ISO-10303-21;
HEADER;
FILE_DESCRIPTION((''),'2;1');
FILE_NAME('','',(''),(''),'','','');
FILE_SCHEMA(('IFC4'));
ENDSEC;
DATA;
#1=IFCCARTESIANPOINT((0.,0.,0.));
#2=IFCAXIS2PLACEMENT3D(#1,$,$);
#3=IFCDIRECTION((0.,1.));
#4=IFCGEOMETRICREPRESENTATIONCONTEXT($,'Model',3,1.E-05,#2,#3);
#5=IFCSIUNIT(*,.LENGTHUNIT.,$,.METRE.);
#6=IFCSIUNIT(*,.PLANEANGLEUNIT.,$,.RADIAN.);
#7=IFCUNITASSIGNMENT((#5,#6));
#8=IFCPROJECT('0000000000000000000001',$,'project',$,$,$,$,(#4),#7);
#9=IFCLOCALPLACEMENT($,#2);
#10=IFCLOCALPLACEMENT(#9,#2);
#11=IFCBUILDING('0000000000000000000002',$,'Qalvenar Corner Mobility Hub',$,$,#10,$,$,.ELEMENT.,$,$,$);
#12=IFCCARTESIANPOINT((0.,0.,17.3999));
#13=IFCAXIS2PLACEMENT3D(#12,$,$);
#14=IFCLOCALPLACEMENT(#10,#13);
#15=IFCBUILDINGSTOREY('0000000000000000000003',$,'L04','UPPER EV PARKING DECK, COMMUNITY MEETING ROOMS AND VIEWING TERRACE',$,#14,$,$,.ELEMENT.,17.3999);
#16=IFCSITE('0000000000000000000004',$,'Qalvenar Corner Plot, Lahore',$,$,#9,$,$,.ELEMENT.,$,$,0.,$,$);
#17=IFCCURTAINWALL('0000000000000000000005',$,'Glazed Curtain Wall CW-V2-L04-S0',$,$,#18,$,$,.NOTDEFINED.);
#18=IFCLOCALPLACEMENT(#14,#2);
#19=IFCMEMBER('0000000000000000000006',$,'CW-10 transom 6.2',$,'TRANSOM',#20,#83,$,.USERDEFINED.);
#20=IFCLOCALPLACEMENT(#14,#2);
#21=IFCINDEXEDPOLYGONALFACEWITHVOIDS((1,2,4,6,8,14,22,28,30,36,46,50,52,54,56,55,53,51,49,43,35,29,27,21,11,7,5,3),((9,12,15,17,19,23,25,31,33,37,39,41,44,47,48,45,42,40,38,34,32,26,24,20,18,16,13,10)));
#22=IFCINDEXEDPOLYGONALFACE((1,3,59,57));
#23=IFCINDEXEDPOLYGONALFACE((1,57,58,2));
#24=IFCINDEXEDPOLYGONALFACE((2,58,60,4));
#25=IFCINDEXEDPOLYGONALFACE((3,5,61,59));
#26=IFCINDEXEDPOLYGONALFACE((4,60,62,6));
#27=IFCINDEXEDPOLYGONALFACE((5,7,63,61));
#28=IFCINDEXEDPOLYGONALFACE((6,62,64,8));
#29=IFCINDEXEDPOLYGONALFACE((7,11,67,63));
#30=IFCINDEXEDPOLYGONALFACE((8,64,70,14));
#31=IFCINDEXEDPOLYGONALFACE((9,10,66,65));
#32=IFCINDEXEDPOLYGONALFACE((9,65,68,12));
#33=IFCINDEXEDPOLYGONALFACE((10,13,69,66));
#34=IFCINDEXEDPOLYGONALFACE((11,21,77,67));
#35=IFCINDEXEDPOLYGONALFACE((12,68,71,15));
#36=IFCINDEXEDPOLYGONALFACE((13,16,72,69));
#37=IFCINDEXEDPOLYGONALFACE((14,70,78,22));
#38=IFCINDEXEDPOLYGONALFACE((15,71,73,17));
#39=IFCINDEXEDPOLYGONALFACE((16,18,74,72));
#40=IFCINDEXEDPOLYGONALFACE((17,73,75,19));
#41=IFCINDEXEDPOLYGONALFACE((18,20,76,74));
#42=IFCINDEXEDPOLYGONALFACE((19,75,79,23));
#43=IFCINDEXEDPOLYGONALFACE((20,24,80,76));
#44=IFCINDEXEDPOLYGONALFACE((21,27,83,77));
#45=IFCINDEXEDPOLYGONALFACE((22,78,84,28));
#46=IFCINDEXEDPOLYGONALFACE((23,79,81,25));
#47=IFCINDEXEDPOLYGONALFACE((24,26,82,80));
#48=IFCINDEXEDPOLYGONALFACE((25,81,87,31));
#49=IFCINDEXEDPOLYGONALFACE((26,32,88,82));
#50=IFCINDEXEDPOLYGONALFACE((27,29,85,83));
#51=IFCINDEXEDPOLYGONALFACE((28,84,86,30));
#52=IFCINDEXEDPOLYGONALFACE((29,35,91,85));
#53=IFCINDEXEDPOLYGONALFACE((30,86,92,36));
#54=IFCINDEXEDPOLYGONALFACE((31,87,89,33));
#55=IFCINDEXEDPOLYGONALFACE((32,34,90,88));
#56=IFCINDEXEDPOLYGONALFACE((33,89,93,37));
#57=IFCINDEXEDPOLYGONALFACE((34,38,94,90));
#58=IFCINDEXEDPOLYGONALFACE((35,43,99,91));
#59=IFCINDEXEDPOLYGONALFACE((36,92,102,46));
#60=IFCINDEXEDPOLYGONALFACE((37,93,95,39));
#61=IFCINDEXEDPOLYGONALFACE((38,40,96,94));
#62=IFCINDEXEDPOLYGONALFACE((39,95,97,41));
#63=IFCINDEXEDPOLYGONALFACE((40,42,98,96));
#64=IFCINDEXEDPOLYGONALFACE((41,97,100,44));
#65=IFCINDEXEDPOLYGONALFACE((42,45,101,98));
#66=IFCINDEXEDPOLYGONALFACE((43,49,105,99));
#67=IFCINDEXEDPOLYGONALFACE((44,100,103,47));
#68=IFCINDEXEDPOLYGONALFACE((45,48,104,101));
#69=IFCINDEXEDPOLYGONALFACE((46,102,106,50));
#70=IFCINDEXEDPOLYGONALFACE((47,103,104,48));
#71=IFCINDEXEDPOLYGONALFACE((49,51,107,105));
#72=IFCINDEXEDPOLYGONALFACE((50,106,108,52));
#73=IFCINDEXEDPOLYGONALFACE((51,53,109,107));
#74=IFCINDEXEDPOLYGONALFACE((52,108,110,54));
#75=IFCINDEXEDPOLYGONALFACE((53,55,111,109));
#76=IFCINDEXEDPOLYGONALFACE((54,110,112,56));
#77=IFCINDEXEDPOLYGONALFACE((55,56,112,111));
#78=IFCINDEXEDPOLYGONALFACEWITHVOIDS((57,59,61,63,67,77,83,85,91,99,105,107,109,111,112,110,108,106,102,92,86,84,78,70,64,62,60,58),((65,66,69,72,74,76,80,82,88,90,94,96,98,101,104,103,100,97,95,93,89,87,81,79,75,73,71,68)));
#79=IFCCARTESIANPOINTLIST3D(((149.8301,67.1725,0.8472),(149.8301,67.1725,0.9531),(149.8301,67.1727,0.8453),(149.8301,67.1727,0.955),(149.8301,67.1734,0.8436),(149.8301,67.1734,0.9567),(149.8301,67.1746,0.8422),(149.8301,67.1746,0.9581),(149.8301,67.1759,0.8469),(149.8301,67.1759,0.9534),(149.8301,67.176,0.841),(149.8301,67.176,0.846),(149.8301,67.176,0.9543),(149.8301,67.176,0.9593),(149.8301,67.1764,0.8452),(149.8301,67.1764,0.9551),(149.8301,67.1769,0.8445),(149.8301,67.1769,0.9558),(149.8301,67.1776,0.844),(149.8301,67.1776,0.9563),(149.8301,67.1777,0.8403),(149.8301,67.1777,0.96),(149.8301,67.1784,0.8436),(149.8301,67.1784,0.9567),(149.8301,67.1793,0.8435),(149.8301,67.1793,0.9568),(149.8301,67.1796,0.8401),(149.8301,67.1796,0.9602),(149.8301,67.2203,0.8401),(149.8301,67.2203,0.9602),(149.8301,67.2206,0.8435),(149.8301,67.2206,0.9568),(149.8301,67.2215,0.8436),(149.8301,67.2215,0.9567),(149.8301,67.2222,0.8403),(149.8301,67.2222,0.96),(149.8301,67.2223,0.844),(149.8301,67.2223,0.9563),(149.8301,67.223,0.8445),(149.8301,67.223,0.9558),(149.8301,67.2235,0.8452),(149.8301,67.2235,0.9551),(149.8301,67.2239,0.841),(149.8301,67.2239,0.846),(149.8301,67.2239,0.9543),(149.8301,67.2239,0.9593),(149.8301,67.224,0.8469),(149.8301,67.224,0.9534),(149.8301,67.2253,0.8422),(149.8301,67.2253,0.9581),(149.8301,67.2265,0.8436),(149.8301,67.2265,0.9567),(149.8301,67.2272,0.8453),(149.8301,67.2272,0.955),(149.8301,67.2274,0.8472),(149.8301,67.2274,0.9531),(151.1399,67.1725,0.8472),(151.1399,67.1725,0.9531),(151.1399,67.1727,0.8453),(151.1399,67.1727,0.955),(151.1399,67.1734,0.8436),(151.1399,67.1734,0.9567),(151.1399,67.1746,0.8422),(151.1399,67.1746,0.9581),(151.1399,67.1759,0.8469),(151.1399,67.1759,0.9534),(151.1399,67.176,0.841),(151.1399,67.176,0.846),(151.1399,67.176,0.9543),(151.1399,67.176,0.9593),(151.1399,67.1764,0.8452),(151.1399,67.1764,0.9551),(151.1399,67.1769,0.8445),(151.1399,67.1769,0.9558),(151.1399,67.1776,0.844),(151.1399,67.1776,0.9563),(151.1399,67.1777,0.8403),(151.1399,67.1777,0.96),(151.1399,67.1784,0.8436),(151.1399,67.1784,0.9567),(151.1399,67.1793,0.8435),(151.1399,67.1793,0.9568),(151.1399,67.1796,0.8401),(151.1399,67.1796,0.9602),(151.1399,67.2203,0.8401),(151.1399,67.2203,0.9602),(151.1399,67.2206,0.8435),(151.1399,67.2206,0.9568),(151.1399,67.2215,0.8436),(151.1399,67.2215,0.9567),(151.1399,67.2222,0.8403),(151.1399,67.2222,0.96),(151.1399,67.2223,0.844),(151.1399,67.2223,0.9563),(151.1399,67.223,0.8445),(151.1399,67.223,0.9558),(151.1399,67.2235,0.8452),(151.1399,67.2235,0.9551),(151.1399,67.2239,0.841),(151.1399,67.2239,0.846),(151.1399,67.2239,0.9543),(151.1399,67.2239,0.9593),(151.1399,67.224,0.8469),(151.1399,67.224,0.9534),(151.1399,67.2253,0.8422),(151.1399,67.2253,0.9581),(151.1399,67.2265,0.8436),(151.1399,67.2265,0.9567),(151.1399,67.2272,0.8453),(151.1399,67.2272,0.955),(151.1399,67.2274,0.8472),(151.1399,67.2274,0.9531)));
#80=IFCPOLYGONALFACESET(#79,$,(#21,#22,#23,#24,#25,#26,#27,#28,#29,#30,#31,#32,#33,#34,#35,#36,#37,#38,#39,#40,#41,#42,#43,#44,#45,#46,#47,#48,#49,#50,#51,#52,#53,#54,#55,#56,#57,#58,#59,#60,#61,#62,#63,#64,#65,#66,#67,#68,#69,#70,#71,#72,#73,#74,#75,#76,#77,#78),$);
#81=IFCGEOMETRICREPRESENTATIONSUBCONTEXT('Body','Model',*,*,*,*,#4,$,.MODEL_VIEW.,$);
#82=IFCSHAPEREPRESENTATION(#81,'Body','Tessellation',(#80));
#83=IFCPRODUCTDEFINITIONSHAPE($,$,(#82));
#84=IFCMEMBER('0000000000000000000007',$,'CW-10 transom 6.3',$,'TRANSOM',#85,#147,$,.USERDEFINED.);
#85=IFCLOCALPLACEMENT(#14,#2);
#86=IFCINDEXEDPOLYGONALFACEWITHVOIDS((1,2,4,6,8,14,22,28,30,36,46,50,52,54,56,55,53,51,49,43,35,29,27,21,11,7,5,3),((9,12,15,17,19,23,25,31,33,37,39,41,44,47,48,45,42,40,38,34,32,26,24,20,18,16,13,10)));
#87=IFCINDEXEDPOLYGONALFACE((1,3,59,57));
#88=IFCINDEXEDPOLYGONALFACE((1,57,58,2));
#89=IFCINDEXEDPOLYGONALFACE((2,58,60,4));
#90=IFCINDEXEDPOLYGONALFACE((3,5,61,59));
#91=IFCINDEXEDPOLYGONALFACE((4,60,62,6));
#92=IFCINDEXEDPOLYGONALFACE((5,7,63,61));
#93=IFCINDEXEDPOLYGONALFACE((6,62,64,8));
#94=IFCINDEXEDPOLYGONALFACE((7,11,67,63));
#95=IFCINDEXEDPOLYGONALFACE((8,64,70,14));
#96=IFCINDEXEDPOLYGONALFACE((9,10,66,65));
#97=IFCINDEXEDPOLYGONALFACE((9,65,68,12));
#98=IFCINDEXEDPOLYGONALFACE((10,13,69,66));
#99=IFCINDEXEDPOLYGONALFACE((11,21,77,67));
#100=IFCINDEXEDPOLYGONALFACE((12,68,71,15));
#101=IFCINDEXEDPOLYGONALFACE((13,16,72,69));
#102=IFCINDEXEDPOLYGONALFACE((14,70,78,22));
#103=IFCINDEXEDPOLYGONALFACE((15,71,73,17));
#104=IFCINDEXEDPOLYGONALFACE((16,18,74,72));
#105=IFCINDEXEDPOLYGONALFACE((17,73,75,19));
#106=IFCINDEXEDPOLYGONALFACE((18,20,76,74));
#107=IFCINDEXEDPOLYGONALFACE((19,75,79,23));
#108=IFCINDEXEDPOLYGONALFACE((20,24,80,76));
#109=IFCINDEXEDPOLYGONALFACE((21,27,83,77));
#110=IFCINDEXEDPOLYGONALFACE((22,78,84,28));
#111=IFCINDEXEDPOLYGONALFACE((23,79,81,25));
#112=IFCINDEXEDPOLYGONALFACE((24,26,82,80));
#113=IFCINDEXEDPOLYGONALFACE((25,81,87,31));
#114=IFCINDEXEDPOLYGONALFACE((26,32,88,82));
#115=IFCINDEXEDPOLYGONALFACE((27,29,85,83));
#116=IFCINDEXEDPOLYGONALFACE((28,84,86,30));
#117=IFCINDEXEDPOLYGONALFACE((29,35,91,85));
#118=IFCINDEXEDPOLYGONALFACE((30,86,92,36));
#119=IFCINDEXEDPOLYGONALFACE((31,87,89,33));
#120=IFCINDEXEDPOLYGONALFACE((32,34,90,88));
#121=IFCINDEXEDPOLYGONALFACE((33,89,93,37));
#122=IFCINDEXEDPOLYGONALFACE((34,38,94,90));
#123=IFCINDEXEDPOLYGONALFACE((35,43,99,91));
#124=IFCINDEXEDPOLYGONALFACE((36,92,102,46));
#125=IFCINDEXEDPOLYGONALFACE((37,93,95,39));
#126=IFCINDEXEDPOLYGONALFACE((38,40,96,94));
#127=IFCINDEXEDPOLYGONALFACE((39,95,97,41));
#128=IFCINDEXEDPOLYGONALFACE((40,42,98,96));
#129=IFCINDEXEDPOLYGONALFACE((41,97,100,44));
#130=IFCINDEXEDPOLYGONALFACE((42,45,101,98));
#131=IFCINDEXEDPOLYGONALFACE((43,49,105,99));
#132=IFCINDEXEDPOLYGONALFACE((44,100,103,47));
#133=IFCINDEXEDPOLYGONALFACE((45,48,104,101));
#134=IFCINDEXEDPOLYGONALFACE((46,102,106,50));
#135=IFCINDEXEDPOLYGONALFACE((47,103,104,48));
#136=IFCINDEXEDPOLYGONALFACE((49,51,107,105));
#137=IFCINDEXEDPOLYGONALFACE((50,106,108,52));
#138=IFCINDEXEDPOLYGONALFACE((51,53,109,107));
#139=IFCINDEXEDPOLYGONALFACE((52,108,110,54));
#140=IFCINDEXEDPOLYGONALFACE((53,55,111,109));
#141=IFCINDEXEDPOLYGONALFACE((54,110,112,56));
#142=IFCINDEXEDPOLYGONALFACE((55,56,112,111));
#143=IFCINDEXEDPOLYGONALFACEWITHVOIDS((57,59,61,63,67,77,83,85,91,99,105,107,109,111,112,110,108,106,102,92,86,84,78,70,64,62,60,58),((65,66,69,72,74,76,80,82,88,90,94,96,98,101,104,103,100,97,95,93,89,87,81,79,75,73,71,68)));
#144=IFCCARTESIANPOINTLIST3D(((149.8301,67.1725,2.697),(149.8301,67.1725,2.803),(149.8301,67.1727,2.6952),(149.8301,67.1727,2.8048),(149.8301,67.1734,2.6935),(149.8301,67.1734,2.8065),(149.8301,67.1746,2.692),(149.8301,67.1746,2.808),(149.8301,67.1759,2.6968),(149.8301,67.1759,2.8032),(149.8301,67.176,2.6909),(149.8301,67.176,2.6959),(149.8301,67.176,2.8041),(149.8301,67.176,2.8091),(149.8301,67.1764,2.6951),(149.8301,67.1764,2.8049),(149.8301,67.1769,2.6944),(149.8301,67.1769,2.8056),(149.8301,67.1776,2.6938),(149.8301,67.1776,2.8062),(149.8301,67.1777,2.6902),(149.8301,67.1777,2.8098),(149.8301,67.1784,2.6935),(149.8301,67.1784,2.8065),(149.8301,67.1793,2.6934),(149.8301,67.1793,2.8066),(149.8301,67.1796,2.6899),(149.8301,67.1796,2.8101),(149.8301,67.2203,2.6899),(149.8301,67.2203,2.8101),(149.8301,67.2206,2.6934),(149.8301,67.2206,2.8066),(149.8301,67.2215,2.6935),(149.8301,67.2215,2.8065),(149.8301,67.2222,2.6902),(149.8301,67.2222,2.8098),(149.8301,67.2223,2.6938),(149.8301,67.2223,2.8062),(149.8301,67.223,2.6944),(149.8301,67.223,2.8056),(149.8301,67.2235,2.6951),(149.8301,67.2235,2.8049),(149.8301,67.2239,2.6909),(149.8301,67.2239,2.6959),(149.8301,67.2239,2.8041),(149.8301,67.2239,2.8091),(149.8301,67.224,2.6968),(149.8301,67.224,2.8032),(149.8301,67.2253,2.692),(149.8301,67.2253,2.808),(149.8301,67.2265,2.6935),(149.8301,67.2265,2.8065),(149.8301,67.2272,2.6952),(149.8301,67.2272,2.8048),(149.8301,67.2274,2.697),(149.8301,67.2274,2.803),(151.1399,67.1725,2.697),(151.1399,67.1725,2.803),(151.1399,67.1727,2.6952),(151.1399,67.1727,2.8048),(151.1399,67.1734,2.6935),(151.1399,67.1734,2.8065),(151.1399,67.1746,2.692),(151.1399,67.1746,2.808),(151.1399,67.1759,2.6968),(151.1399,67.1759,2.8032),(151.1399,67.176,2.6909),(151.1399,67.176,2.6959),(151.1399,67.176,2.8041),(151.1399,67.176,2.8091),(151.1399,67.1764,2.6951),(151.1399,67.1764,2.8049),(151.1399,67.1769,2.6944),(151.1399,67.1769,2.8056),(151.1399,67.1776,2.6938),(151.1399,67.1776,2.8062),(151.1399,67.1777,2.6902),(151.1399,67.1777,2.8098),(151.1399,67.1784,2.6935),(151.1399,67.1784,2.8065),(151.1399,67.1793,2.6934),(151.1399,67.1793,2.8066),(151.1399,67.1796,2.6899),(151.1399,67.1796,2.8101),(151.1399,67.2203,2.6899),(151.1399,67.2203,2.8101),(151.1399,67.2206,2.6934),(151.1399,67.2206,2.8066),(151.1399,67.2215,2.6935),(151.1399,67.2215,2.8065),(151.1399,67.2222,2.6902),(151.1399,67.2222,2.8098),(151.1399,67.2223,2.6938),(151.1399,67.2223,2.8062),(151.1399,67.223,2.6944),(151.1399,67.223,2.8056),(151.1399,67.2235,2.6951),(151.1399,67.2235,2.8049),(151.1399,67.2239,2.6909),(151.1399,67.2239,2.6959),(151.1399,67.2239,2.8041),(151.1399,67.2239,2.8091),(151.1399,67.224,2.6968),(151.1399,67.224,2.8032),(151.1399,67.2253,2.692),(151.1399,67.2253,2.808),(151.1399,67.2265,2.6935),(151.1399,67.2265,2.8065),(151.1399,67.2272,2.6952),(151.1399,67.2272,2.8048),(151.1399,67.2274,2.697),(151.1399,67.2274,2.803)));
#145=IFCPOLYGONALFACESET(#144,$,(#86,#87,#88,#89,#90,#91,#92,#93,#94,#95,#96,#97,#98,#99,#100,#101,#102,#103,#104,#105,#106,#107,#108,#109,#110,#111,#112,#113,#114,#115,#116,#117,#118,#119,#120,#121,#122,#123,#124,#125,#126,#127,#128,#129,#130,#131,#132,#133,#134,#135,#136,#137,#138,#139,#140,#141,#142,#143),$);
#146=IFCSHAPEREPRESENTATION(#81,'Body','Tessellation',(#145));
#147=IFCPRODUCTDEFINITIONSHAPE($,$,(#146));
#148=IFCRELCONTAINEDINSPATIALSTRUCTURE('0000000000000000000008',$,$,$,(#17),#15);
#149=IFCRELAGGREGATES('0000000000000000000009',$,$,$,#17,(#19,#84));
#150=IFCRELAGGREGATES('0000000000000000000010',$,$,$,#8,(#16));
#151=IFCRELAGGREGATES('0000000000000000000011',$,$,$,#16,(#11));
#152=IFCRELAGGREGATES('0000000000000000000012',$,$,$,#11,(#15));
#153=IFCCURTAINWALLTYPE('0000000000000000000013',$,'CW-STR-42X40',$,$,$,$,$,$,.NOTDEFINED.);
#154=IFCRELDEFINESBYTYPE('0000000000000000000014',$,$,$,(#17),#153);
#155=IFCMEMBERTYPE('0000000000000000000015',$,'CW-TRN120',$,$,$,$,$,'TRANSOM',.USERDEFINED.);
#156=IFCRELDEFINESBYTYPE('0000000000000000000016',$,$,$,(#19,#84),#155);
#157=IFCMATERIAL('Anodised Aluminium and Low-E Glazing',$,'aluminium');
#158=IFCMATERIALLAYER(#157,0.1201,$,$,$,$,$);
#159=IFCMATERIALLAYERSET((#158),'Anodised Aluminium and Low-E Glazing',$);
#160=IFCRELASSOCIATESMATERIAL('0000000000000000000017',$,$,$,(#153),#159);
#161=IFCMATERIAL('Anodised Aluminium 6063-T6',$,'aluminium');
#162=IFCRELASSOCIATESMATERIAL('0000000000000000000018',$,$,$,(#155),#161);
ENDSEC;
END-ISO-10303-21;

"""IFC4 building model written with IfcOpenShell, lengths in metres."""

from ifc_helpers import new_model, si_unit, direction, frame, origin, origin_2d, place, context, subcontext, project, spatial, hollow_rectangle, extrude, material, layer, layer_set, material_profile, profile_set, type_object, element, aggregate, save


model = new_model("IFC4")

# Units and contexts
model_context = context("Model", 3, precision=1e-05, world=origin(), true_north=direction((0.0, 1.0)))
body_context = subcontext(model_context, "Body", "Model", "MODEL_VIEW")
ifc_project = project(units=[si_unit("LENGTHUNIT", "METRE"), si_unit("PLANEANGLEUNIT", "RADIAN")], contexts=[model_context])

# Site, building, storey
site_placement = place(None, origin())
site = spatial("IfcSite", under=ifc_project, at=site_placement, Name="Qalvenar Corner Plot, Lahore", CompositionType="ELEMENT", RefElevation=0.0)
building_placement = place(site_placement, origin())
building = spatial("IfcBuilding", under=site, at=building_placement, Name="Qalvenar Corner Mobility Hub", CompositionType="ELEMENT")
storey_placement = place(building_placement, frame((0.0, 0.0, 17.3999)))
storey = spatial("IfcBuildingStorey", under=building, at=storey_placement, Name="L04", Description="UPPER EV PARKING DECK, COMMUNITY MEETING ROOMS AND VIEWING TERRACE", CompositionType="ELEMENT", Elevation=17.3999)

# Curtain wall
ifc_material_1 = material(Name="Anodised Aluminium and Low-E Glazing", Category="aluminium")
ifc_layer_1 = layer(ifc_material_1, 0.1201)
ifc_layer_set_1 = layer_set([ifc_layer_1], Name="Anodised Aluminium and Low-E Glazing")
curtain_wall_type = type_object("IfcCurtainWallType", Name="CW-STR-42X40", PredefinedType="NOTDEFINED", material=ifc_layer_set_1)
curtain_wall_1_placement = place(storey_placement, origin())
curtain_wall_1 = element("IfcCurtainWall", 1, at=curtain_wall_1_placement, inside=storey, type_object=curtain_wall_type, Name="Glazed Curtain Wall CW-V2-L04-S0", PredefinedType="NOTDEFINED")
ifc_material_2 = material(Name="Anodised Aluminium 6063-T6", Category="aluminium")

# Members
ifc_material_profile_1 = material_profile(ifc_material_2, hollow_rectangle(XDim=0.0549, YDim=0.1201, WallThickness=0.0034, InnerFilletRadius=0.0034, OuterFilletRadius=0.0071, at=origin_2d()), Name="RHS120x55x3.5")
ifc_profile_set_1 = profile_set([ifc_material_profile_1], Name="Anodised Aluminium 6063-T6")
member_type_1 = type_object("IfcMemberType", Name="CW-TRN120", ElementType="TRANSOM", PredefinedType="USERDEFINED", material=ifc_profile_set_1)
member_1_placement = place(storey_placement, frame((149.8301, 67.2, 0.9001), z_axis=(1.0, 0.0, 0.0), x_axis=(0.0, 1.0, 0.0)))
member_1 = element("IfcMember", 2, at=member_1_placement, type_object=member_type_1, Name="CW-10 transom 6.2", ObjectType="TRANSOM", PredefinedType="USERDEFINED", context=body_context, shape_type="SweptSolid", body=[
    extrude(hollow_rectangle(XDim=0.0549, YDim=0.1201, WallThickness=0.0034, InnerFilletRadius=0.0034, OuterFilletRadius=0.0071, at=origin_2d()), origin(), (0.0, 0.0, 1.0), 1.3098),
])
member_2_placement = place(storey_placement, frame((149.8301, 67.2, 2.75), z_axis=(1.0, 0.0, 0.0), x_axis=(0.0, 1.0, 0.0)))
member_2 = element("IfcMember", 3, at=member_2_placement, type_object=member_type_1, Name="CW-10 transom 6.3", ObjectType="TRANSOM", PredefinedType="USERDEFINED", context=body_context, shape_type="SweptSolid", body=[
    extrude(hollow_rectangle(XDim=0.0549, YDim=0.1201, WallThickness=0.0034, InnerFilletRadius=0.0034, OuterFilletRadius=0.0071, at=origin_2d()), origin(), (0.0, 0.0, 1.0), 1.3098),
])

aggregate(curtain_wall_1, [member_1, member_2])

save(model, "model.ifc")
